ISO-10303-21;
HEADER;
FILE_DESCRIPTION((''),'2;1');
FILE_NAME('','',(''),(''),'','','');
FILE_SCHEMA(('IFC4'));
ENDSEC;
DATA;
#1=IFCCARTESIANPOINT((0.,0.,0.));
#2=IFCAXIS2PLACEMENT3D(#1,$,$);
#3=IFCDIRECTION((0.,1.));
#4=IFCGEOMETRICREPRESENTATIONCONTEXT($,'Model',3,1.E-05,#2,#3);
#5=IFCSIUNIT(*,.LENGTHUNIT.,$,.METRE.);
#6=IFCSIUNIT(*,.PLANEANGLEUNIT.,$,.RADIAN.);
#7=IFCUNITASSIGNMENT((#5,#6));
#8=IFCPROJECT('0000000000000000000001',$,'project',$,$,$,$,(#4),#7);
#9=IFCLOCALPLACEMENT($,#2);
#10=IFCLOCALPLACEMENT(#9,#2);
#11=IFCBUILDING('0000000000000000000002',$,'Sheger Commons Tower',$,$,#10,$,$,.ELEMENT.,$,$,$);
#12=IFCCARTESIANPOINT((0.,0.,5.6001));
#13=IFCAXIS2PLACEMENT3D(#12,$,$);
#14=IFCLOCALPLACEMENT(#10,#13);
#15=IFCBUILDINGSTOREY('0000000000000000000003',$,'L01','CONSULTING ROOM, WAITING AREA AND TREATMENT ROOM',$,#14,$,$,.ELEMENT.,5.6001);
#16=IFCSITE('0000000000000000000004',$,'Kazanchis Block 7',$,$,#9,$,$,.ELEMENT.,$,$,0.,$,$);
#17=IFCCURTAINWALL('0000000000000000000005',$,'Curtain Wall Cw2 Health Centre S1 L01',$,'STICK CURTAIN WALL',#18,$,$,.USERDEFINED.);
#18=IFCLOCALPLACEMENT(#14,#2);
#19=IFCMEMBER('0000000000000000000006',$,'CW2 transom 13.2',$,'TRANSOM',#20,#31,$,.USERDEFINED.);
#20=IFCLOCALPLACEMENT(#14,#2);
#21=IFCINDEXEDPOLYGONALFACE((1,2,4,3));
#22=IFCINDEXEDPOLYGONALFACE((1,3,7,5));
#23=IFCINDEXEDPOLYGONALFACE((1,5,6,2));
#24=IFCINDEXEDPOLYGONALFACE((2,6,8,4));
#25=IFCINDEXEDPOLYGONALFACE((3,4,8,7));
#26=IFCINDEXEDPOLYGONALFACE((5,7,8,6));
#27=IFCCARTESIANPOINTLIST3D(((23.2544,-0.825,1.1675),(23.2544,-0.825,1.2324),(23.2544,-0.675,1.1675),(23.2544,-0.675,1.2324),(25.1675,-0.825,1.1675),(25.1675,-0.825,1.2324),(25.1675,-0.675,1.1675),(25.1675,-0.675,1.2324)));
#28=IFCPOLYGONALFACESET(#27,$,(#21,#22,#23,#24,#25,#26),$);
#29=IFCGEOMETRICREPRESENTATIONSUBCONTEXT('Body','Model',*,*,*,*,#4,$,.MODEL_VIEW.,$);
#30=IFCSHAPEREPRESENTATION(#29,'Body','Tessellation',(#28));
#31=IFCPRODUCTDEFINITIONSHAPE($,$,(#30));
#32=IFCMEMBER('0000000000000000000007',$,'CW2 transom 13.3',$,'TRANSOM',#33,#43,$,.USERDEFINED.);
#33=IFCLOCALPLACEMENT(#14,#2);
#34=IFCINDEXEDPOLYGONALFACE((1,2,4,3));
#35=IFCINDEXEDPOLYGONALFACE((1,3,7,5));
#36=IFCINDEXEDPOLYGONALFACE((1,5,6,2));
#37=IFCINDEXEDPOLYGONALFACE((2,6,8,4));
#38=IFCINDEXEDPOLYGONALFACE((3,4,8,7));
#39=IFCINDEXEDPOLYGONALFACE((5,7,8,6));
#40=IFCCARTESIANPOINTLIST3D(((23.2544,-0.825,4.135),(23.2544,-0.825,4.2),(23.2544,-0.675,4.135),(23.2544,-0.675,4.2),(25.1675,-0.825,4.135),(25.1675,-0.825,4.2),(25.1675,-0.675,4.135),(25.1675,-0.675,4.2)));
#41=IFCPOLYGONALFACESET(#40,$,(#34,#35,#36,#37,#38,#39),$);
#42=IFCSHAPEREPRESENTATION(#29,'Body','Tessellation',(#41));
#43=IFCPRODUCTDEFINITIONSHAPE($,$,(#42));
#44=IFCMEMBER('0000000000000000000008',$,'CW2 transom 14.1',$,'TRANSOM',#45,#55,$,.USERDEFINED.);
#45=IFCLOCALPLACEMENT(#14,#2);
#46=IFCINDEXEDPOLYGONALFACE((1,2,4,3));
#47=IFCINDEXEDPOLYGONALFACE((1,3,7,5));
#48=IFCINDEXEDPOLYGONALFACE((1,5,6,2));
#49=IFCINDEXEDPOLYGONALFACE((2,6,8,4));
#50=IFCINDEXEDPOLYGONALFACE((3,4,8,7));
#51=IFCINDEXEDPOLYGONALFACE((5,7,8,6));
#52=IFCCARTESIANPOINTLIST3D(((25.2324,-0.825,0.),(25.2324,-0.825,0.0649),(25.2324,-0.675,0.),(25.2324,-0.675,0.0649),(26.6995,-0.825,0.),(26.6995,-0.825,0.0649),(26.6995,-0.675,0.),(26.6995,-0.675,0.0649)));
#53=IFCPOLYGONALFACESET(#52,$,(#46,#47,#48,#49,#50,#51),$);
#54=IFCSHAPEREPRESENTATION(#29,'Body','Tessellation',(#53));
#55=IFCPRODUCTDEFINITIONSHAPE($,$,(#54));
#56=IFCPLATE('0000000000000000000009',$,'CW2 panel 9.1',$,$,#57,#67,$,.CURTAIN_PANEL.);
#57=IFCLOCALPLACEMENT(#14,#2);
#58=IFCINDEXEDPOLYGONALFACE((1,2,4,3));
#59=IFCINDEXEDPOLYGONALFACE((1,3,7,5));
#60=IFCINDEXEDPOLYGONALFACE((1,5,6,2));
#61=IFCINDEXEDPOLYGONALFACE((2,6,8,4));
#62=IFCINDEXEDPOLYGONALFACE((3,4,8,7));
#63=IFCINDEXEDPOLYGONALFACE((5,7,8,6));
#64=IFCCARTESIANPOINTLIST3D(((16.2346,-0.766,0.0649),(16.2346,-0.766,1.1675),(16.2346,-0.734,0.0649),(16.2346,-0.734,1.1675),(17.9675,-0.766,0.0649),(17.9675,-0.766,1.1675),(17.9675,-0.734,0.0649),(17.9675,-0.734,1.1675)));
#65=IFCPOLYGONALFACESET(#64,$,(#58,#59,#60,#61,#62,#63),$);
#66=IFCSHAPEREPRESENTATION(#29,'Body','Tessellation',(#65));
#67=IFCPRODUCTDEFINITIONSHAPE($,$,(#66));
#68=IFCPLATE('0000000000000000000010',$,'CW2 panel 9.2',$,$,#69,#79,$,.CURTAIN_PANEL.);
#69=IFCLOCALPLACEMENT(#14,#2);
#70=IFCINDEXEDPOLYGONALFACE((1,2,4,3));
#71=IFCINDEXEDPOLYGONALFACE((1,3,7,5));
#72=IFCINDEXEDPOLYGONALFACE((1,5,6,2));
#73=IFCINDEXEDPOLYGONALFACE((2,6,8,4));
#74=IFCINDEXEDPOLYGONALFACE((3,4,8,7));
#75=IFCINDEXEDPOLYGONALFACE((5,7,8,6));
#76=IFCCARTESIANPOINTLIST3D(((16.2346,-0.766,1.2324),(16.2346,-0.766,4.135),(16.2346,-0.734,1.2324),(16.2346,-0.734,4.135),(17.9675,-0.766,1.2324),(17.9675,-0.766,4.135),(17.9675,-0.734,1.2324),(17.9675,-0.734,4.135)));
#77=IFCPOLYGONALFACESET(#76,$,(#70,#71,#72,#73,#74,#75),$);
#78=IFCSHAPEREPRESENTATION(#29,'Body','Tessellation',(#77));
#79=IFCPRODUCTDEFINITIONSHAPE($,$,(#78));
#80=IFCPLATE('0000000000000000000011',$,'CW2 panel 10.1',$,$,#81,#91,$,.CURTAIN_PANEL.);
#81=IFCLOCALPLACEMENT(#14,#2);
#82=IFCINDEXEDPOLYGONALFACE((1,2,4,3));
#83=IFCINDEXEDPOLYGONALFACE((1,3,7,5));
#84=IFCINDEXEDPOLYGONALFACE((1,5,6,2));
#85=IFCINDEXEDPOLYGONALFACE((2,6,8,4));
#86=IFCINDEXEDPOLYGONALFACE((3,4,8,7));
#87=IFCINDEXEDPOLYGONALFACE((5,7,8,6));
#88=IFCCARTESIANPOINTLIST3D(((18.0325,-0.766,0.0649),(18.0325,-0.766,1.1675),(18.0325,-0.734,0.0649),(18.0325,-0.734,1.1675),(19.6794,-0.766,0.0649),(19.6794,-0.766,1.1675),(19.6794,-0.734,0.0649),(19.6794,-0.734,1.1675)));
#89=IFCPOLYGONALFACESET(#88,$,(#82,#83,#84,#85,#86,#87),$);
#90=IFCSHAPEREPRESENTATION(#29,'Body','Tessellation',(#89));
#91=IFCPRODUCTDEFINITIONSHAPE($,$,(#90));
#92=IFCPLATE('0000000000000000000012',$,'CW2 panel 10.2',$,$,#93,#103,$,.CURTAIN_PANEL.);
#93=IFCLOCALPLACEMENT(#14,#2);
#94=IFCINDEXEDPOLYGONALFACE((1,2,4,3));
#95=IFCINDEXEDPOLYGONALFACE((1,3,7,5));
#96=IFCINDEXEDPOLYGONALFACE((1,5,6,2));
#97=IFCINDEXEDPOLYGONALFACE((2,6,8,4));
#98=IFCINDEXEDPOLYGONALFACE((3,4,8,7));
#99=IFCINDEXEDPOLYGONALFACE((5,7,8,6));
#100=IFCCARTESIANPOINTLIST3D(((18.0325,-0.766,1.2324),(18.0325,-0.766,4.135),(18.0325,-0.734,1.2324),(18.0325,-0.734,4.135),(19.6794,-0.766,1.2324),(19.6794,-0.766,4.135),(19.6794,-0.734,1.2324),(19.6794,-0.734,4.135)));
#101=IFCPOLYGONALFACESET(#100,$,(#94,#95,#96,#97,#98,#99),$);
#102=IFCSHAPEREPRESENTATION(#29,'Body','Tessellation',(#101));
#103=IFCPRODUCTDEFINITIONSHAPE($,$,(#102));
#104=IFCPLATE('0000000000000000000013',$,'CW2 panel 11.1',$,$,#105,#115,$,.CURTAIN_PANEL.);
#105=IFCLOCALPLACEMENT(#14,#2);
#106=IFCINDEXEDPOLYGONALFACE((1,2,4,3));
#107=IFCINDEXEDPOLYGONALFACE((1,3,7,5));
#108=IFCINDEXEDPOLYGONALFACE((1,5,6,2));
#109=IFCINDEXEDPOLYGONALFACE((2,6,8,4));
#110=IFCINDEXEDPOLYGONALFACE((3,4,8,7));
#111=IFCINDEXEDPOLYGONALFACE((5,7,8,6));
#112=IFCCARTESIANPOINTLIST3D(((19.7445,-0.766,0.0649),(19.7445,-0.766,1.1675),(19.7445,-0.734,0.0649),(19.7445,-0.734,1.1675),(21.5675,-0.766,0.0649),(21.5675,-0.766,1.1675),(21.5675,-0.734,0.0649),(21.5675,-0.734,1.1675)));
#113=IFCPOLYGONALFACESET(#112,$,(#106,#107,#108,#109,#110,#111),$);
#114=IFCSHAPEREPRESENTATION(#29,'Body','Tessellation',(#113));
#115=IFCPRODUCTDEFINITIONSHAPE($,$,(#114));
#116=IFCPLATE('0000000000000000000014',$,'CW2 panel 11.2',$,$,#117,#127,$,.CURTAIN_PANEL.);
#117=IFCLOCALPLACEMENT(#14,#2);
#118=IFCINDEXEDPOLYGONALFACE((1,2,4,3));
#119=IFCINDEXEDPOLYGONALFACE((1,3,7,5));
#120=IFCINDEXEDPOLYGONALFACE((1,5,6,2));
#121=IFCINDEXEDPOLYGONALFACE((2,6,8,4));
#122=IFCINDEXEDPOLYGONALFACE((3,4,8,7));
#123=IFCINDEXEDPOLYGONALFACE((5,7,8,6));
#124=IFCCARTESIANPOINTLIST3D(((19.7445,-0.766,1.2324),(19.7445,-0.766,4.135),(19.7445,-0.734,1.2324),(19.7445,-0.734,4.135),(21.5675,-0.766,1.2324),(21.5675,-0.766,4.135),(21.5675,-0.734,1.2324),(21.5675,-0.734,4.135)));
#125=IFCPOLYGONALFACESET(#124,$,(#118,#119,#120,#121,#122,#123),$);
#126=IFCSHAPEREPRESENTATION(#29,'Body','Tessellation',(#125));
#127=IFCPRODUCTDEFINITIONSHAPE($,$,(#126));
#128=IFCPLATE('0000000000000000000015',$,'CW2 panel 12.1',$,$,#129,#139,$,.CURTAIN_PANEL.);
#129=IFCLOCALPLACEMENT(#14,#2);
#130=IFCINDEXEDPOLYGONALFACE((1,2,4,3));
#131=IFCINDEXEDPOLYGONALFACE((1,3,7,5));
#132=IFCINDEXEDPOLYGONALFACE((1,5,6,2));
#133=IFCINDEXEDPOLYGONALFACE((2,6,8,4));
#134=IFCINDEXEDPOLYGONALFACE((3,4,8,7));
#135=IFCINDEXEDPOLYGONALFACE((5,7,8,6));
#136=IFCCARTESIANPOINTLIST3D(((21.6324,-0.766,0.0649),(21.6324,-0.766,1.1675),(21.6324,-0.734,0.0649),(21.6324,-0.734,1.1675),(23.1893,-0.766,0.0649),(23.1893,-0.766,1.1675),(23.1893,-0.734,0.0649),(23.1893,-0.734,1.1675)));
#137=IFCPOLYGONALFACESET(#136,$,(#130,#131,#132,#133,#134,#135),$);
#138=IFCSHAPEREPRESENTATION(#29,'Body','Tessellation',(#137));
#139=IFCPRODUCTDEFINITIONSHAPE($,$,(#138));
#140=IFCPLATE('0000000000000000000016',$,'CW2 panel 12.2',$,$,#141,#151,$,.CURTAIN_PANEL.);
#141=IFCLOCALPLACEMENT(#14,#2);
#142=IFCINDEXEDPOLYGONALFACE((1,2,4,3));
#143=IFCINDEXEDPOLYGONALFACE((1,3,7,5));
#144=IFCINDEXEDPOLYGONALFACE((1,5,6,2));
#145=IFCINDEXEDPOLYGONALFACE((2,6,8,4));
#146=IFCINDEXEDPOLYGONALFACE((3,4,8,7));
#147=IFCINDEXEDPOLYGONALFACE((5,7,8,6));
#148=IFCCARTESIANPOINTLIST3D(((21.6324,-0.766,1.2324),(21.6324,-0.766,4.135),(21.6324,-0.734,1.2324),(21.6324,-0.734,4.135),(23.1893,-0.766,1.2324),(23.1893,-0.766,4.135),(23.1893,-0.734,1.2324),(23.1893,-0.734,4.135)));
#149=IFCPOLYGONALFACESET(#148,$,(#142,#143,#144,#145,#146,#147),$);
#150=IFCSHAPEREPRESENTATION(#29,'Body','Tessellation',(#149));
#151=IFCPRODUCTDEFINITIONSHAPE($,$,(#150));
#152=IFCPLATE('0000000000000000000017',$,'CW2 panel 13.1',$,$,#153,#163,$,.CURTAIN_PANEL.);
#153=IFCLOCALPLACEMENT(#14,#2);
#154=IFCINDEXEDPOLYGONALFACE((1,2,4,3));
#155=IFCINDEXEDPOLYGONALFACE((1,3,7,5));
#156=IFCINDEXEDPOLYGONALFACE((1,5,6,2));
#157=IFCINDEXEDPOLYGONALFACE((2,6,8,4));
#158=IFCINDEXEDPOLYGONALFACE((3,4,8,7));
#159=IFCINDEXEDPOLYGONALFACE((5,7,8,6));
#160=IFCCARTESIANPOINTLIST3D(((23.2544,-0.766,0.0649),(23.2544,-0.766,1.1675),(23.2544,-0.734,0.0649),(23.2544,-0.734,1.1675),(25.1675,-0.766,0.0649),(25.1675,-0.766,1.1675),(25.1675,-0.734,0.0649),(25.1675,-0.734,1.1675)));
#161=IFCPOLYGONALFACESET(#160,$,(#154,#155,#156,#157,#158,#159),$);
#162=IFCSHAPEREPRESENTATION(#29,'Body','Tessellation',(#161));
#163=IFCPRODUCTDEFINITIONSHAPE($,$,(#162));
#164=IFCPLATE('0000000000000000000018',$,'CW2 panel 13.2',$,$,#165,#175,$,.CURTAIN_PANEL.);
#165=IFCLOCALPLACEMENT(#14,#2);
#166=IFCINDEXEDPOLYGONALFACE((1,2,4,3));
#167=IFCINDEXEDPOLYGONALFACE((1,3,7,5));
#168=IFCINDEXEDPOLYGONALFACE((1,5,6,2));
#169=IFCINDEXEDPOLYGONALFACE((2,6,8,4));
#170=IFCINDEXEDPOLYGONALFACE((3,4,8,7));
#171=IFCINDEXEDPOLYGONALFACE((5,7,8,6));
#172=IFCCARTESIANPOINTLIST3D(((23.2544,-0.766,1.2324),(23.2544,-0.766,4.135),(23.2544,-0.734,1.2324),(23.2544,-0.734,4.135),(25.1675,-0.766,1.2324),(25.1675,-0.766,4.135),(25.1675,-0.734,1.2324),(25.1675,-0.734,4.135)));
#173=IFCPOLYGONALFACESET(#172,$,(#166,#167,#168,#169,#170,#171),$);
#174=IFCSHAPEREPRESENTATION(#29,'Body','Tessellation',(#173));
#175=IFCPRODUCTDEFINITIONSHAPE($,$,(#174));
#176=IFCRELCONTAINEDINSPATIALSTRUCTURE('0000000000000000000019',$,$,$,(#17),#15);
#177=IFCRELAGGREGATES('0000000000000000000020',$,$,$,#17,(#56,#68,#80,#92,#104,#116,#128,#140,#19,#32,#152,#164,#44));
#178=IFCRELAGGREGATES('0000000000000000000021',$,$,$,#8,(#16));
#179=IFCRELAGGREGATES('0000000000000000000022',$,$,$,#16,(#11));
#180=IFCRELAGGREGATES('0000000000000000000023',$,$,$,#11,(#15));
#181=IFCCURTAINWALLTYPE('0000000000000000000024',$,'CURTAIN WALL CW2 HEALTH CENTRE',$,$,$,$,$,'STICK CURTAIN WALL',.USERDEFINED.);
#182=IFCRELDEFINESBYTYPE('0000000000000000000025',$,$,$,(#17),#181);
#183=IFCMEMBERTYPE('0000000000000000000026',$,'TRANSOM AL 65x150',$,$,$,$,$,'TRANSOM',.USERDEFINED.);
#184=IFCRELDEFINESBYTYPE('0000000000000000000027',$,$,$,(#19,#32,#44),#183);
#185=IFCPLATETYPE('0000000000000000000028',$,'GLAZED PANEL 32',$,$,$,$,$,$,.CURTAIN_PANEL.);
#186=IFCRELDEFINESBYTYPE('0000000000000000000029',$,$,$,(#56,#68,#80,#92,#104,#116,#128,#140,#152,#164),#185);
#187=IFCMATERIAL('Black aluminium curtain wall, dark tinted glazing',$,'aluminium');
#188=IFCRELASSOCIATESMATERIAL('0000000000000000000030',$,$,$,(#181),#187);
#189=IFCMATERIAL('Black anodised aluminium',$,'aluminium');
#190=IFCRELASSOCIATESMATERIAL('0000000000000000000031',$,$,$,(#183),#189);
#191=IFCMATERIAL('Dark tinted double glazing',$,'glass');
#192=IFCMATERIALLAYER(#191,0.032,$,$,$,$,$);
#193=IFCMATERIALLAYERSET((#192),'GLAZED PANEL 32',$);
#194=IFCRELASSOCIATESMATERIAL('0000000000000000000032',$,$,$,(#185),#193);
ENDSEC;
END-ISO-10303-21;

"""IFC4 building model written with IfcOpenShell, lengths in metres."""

from ifc_helpers import new_model, si_unit, direction, frame, origin, origin_2d, place, context, subcontext, project, spatial, rectangle, extrude, material, layer, layer_set, material_profile, profile_set, type_object, element, aggregate, save


model = new_model("IFC4")

# Units and contexts
model_context = context("Model", 3, precision=1e-05, world=origin(), true_north=direction((0.0, 1.0)))
body_context = subcontext(model_context, "Body", "Model", "MODEL_VIEW")
ifc_project = project(units=[si_unit("LENGTHUNIT", "METRE"), si_unit("PLANEANGLEUNIT", "RADIAN")], contexts=[model_context])

# Site, building, storey
site_placement = place(None, origin())
site = spatial("IfcSite", under=ifc_project, at=site_placement, Name="Kazanchis Block 7", CompositionType="ELEMENT", RefElevation=0.0)
building_placement = place(site_placement, origin())
building = spatial("IfcBuilding", under=site, at=building_placement, Name="Sheger Commons Tower", CompositionType="ELEMENT")
storey_placement = place(building_placement, frame((0.0, 0.0, 5.6001)))
storey = spatial("IfcBuildingStorey", under=building, at=storey_placement, Name="L01", Description="CONSULTING ROOM, WAITING AREA AND TREATMENT ROOM", CompositionType="ELEMENT", Elevation=5.6001)

# Curtain wall, members, plates
ifc_material_1 = material(Name="Black aluminium curtain wall, dark tinted glazing", Category="aluminium")
curtain_wall_type = type_object("IfcCurtainWallType", Name="CURTAIN WALL CW2 HEALTH CENTRE", ElementType="STICK CURTAIN WALL", PredefinedType="USERDEFINED", material=ifc_material_1)
curtain_wall_placement = place(storey_placement, origin())
curtain_wall = element("IfcCurtainWall", 1, at=curtain_wall_placement, inside=storey, type_object=curtain_wall_type, Name="Curtain Wall Cw2 Health Centre S1 L01", ObjectType="STICK CURTAIN WALL", PredefinedType="USERDEFINED")
ifc_material_2 = material(Name="Black anodised aluminium", Category="aluminium")
ifc_material_profile_1 = material_profile(ifc_material_2, rectangle(XDim=0.1499, YDim=0.0649, at=origin_2d()), Name="AL 65x150")
ifc_profile_set_1 = profile_set([ifc_material_profile_1], Name="Black anodised aluminium")
member_type_1 = type_object("IfcMemberType", Name="TRANSOM AL 65x150", ElementType="TRANSOM", PredefinedType="USERDEFINED", material=ifc_profile_set_1)
member_1_placement = place(storey_placement, frame((23.2544, -0.75, 1.2), z_axis=(1.0, 0.0, 0.0), x_axis=(0.0, 1.0, 0.0)))
member_1 = element("IfcMember", 2, at=member_1_placement, type_object=member_type_1, Name="CW2 transom 13.2", ObjectType="TRANSOM", PredefinedType="USERDEFINED", context=body_context, shape_type="SweptSolid", body=[
    extrude(rectangle(XDim=0.1499, YDim=0.0649, at=origin_2d()), origin(), (0.0, 0.0, 1.0), 1.9131),
])
member_2_placement = place(storey_placement, frame((23.2544, -0.75, 4.1675), z_axis=(1.0, 0.0, 0.0), x_axis=(0.0, 1.0, 0.0)))
member_2 = element("IfcMember", 3, at=member_2_placement, type_object=member_type_1, Name="CW2 transom 13.3", ObjectType="TRANSOM", PredefinedType="USERDEFINED", context=body_context, shape_type="SweptSolid", body=[
    extrude(rectangle(XDim=0.1499, YDim=0.0649, at=origin_2d()), origin(), (0.0, 0.0, 1.0), 1.9131),
])
member_3_placement = place(storey_placement, frame((25.2324, -0.75, 0.0325), z_axis=(1.0, 0.0, 0.0), x_axis=(0.0, 1.0, 0.0)))
member_3 = element("IfcMember", 4, at=member_3_placement, type_object=member_type_1, Name="CW2 transom 14.1", ObjectType="TRANSOM", PredefinedType="USERDEFINED", context=body_context, shape_type="SweptSolid", body=[
    extrude(rectangle(XDim=0.1499, YDim=0.0649, at=origin_2d()), origin(), (0.0, 0.0, 1.0), 1.467),
])
ifc_material_3 = material(Name="Dark tinted double glazing", Category="glass")
ifc_layer = layer(ifc_material_3, 0.032)
ifc_layer_set = layer_set([ifc_layer], Name="GLAZED PANEL 32")
plate_type = type_object("IfcPlateType", Name="GLAZED PANEL 32", PredefinedType="CURTAIN_PANEL", material=ifc_layer_set)
plate_1_placement = place(storey_placement, frame((17.1011, -0.75, 0.0649), z_axis=(0.0, 0.0, 1.0), x_axis=(1.0, 0.0, 0.0)))
plate_1 = element("IfcPlate", 5, at=plate_1_placement, type_object=plate_type, Name="CW2 panel 9.1", PredefinedType="CURTAIN_PANEL", context=body_context, shape_type="SweptSolid", body=[
    extrude(rectangle(XDim=1.7329, YDim=0.032, at=origin_2d()), origin(), (0.0, 0.0, 1.0), 1.1025),
])
plate_2_placement = place(storey_placement, frame((17.1011, -0.75, 1.2324), z_axis=(0.0, 0.0, 1.0), x_axis=(1.0, 0.0, 0.0)))
plate_2 = element("IfcPlate", 6, at=plate_2_placement, type_object=plate_type, Name="CW2 panel 9.2", PredefinedType="CURTAIN_PANEL", context=body_context, shape_type="SweptSolid", body=[
    extrude(rectangle(XDim=1.7329, YDim=0.032, at=origin_2d()), origin(), (0.0, 0.0, 1.0), 2.9026),
])
plate_3_placement = place(storey_placement, frame((18.856, -0.75, 0.0649), z_axis=(0.0, 0.0, 1.0), x_axis=(1.0, 0.0, 0.0)))
plate_3 = element("IfcPlate", 7, at=plate_3_placement, type_object=plate_type, Name="CW2 panel 10.1", PredefinedType="CURTAIN_PANEL", context=body_context, shape_type="SweptSolid", body=[
    extrude(rectangle(XDim=1.647, YDim=0.032, at=origin_2d()), origin(), (0.0, 0.0, 1.0), 1.1025),
])
plate_4_placement = place(storey_placement, frame((18.856, -0.75, 1.2324), z_axis=(0.0, 0.0, 1.0), x_axis=(1.0, 0.0, 0.0)))
plate_4 = element("IfcPlate", 8, at=plate_4_placement, type_object=plate_type, Name="CW2 panel 10.2", PredefinedType="CURTAIN_PANEL", context=body_context, shape_type="SweptSolid", body=[
    extrude(rectangle(XDim=1.647, YDim=0.032, at=origin_2d()), origin(), (0.0, 0.0, 1.0), 2.9026),
])
plate_5_placement = place(storey_placement, frame((20.656, -0.75, 0.0649), z_axis=(0.0, 0.0, 1.0), x_axis=(1.0, 0.0, 0.0)))
plate_5 = element("IfcPlate", 9, at=plate_5_placement, type_object=plate_type, Name="CW2 panel 11.1", PredefinedType="CURTAIN_PANEL", context=body_context, shape_type="SweptSolid", body=[
    extrude(rectangle(XDim=1.823, YDim=0.032, at=origin_2d()), origin(), (0.0, 0.0, 1.0), 1.1025),
])
plate_6_placement = place(storey_placement, frame((20.656, -0.75, 1.2324), z_axis=(0.0, 0.0, 1.0), x_axis=(1.0, 0.0, 0.0)))
plate_6 = element("IfcPlate", 10, at=plate_6_placement, type_object=plate_type, Name="CW2 panel 11.2", PredefinedType="CURTAIN_PANEL", context=body_context, shape_type="SweptSolid", body=[
    extrude(rectangle(XDim=1.823, YDim=0.032, at=origin_2d()), origin(), (0.0, 0.0, 1.0), 2.9026),
])
plate_7_placement = place(storey_placement, frame((22.4109, -0.75, 0.0649), z_axis=(0.0, 0.0, 1.0), x_axis=(1.0, 0.0, 0.0)))
plate_7 = element("IfcPlate", 11, at=plate_7_placement, type_object=plate_type, Name="CW2 panel 12.1", PredefinedType="CURTAIN_PANEL", context=body_context, shape_type="SweptSolid", body=[
    extrude(rectangle(XDim=1.5569, YDim=0.032, at=origin_2d()), origin(), (0.0, 0.0, 1.0), 1.1025),
])
plate_8_placement = place(storey_placement, frame((22.4109, -0.75, 1.2324), z_axis=(0.0, 0.0, 1.0), x_axis=(1.0, 0.0, 0.0)))
plate_8 = element("IfcPlate", 12, at=plate_8_placement, type_object=plate_type, Name="CW2 panel 12.2", PredefinedType="CURTAIN_PANEL", context=body_context, shape_type="SweptSolid", body=[
    extrude(rectangle(XDim=1.5569, YDim=0.032, at=origin_2d()), origin(), (0.0, 0.0, 1.0), 2.9026),
])
plate_9_placement = place(storey_placement, frame((24.2109, -0.75, 0.0649), z_axis=(0.0, 0.0, 1.0), x_axis=(1.0, 0.0, 0.0)))
plate_9 = element("IfcPlate", 13, at=plate_9_placement, type_object=plate_type, Name="CW2 panel 13.1", PredefinedType="CURTAIN_PANEL", context=body_context, shape_type="SweptSolid", body=[
    extrude(rectangle(XDim=1.9131, YDim=0.032, at=origin_2d()), origin(), (0.0, 0.0, 1.0), 1.1025),
])
plate_10_placement = place(storey_placement, frame((24.2109, -0.75, 1.2324), z_axis=(0.0, 0.0, 1.0), x_axis=(1.0, 0.0, 0.0)))
plate_10 = element("IfcPlate", 14, at=plate_10_placement, type_object=plate_type, Name="CW2 panel 13.2", PredefinedType="CURTAIN_PANEL", context=body_context, shape_type="SweptSolid", body=[
    extrude(rectangle(XDim=1.9131, YDim=0.032, at=origin_2d()), origin(), (0.0, 0.0, 1.0), 2.9026),
])
aggregate(curtain_wall, [plate_1, plate_2, plate_3, plate_4, plate_5, plate_6, plate_7, plate_8, member_1, member_2, plate_9, plate_10, member_3])

save(model, "model.ifc")
